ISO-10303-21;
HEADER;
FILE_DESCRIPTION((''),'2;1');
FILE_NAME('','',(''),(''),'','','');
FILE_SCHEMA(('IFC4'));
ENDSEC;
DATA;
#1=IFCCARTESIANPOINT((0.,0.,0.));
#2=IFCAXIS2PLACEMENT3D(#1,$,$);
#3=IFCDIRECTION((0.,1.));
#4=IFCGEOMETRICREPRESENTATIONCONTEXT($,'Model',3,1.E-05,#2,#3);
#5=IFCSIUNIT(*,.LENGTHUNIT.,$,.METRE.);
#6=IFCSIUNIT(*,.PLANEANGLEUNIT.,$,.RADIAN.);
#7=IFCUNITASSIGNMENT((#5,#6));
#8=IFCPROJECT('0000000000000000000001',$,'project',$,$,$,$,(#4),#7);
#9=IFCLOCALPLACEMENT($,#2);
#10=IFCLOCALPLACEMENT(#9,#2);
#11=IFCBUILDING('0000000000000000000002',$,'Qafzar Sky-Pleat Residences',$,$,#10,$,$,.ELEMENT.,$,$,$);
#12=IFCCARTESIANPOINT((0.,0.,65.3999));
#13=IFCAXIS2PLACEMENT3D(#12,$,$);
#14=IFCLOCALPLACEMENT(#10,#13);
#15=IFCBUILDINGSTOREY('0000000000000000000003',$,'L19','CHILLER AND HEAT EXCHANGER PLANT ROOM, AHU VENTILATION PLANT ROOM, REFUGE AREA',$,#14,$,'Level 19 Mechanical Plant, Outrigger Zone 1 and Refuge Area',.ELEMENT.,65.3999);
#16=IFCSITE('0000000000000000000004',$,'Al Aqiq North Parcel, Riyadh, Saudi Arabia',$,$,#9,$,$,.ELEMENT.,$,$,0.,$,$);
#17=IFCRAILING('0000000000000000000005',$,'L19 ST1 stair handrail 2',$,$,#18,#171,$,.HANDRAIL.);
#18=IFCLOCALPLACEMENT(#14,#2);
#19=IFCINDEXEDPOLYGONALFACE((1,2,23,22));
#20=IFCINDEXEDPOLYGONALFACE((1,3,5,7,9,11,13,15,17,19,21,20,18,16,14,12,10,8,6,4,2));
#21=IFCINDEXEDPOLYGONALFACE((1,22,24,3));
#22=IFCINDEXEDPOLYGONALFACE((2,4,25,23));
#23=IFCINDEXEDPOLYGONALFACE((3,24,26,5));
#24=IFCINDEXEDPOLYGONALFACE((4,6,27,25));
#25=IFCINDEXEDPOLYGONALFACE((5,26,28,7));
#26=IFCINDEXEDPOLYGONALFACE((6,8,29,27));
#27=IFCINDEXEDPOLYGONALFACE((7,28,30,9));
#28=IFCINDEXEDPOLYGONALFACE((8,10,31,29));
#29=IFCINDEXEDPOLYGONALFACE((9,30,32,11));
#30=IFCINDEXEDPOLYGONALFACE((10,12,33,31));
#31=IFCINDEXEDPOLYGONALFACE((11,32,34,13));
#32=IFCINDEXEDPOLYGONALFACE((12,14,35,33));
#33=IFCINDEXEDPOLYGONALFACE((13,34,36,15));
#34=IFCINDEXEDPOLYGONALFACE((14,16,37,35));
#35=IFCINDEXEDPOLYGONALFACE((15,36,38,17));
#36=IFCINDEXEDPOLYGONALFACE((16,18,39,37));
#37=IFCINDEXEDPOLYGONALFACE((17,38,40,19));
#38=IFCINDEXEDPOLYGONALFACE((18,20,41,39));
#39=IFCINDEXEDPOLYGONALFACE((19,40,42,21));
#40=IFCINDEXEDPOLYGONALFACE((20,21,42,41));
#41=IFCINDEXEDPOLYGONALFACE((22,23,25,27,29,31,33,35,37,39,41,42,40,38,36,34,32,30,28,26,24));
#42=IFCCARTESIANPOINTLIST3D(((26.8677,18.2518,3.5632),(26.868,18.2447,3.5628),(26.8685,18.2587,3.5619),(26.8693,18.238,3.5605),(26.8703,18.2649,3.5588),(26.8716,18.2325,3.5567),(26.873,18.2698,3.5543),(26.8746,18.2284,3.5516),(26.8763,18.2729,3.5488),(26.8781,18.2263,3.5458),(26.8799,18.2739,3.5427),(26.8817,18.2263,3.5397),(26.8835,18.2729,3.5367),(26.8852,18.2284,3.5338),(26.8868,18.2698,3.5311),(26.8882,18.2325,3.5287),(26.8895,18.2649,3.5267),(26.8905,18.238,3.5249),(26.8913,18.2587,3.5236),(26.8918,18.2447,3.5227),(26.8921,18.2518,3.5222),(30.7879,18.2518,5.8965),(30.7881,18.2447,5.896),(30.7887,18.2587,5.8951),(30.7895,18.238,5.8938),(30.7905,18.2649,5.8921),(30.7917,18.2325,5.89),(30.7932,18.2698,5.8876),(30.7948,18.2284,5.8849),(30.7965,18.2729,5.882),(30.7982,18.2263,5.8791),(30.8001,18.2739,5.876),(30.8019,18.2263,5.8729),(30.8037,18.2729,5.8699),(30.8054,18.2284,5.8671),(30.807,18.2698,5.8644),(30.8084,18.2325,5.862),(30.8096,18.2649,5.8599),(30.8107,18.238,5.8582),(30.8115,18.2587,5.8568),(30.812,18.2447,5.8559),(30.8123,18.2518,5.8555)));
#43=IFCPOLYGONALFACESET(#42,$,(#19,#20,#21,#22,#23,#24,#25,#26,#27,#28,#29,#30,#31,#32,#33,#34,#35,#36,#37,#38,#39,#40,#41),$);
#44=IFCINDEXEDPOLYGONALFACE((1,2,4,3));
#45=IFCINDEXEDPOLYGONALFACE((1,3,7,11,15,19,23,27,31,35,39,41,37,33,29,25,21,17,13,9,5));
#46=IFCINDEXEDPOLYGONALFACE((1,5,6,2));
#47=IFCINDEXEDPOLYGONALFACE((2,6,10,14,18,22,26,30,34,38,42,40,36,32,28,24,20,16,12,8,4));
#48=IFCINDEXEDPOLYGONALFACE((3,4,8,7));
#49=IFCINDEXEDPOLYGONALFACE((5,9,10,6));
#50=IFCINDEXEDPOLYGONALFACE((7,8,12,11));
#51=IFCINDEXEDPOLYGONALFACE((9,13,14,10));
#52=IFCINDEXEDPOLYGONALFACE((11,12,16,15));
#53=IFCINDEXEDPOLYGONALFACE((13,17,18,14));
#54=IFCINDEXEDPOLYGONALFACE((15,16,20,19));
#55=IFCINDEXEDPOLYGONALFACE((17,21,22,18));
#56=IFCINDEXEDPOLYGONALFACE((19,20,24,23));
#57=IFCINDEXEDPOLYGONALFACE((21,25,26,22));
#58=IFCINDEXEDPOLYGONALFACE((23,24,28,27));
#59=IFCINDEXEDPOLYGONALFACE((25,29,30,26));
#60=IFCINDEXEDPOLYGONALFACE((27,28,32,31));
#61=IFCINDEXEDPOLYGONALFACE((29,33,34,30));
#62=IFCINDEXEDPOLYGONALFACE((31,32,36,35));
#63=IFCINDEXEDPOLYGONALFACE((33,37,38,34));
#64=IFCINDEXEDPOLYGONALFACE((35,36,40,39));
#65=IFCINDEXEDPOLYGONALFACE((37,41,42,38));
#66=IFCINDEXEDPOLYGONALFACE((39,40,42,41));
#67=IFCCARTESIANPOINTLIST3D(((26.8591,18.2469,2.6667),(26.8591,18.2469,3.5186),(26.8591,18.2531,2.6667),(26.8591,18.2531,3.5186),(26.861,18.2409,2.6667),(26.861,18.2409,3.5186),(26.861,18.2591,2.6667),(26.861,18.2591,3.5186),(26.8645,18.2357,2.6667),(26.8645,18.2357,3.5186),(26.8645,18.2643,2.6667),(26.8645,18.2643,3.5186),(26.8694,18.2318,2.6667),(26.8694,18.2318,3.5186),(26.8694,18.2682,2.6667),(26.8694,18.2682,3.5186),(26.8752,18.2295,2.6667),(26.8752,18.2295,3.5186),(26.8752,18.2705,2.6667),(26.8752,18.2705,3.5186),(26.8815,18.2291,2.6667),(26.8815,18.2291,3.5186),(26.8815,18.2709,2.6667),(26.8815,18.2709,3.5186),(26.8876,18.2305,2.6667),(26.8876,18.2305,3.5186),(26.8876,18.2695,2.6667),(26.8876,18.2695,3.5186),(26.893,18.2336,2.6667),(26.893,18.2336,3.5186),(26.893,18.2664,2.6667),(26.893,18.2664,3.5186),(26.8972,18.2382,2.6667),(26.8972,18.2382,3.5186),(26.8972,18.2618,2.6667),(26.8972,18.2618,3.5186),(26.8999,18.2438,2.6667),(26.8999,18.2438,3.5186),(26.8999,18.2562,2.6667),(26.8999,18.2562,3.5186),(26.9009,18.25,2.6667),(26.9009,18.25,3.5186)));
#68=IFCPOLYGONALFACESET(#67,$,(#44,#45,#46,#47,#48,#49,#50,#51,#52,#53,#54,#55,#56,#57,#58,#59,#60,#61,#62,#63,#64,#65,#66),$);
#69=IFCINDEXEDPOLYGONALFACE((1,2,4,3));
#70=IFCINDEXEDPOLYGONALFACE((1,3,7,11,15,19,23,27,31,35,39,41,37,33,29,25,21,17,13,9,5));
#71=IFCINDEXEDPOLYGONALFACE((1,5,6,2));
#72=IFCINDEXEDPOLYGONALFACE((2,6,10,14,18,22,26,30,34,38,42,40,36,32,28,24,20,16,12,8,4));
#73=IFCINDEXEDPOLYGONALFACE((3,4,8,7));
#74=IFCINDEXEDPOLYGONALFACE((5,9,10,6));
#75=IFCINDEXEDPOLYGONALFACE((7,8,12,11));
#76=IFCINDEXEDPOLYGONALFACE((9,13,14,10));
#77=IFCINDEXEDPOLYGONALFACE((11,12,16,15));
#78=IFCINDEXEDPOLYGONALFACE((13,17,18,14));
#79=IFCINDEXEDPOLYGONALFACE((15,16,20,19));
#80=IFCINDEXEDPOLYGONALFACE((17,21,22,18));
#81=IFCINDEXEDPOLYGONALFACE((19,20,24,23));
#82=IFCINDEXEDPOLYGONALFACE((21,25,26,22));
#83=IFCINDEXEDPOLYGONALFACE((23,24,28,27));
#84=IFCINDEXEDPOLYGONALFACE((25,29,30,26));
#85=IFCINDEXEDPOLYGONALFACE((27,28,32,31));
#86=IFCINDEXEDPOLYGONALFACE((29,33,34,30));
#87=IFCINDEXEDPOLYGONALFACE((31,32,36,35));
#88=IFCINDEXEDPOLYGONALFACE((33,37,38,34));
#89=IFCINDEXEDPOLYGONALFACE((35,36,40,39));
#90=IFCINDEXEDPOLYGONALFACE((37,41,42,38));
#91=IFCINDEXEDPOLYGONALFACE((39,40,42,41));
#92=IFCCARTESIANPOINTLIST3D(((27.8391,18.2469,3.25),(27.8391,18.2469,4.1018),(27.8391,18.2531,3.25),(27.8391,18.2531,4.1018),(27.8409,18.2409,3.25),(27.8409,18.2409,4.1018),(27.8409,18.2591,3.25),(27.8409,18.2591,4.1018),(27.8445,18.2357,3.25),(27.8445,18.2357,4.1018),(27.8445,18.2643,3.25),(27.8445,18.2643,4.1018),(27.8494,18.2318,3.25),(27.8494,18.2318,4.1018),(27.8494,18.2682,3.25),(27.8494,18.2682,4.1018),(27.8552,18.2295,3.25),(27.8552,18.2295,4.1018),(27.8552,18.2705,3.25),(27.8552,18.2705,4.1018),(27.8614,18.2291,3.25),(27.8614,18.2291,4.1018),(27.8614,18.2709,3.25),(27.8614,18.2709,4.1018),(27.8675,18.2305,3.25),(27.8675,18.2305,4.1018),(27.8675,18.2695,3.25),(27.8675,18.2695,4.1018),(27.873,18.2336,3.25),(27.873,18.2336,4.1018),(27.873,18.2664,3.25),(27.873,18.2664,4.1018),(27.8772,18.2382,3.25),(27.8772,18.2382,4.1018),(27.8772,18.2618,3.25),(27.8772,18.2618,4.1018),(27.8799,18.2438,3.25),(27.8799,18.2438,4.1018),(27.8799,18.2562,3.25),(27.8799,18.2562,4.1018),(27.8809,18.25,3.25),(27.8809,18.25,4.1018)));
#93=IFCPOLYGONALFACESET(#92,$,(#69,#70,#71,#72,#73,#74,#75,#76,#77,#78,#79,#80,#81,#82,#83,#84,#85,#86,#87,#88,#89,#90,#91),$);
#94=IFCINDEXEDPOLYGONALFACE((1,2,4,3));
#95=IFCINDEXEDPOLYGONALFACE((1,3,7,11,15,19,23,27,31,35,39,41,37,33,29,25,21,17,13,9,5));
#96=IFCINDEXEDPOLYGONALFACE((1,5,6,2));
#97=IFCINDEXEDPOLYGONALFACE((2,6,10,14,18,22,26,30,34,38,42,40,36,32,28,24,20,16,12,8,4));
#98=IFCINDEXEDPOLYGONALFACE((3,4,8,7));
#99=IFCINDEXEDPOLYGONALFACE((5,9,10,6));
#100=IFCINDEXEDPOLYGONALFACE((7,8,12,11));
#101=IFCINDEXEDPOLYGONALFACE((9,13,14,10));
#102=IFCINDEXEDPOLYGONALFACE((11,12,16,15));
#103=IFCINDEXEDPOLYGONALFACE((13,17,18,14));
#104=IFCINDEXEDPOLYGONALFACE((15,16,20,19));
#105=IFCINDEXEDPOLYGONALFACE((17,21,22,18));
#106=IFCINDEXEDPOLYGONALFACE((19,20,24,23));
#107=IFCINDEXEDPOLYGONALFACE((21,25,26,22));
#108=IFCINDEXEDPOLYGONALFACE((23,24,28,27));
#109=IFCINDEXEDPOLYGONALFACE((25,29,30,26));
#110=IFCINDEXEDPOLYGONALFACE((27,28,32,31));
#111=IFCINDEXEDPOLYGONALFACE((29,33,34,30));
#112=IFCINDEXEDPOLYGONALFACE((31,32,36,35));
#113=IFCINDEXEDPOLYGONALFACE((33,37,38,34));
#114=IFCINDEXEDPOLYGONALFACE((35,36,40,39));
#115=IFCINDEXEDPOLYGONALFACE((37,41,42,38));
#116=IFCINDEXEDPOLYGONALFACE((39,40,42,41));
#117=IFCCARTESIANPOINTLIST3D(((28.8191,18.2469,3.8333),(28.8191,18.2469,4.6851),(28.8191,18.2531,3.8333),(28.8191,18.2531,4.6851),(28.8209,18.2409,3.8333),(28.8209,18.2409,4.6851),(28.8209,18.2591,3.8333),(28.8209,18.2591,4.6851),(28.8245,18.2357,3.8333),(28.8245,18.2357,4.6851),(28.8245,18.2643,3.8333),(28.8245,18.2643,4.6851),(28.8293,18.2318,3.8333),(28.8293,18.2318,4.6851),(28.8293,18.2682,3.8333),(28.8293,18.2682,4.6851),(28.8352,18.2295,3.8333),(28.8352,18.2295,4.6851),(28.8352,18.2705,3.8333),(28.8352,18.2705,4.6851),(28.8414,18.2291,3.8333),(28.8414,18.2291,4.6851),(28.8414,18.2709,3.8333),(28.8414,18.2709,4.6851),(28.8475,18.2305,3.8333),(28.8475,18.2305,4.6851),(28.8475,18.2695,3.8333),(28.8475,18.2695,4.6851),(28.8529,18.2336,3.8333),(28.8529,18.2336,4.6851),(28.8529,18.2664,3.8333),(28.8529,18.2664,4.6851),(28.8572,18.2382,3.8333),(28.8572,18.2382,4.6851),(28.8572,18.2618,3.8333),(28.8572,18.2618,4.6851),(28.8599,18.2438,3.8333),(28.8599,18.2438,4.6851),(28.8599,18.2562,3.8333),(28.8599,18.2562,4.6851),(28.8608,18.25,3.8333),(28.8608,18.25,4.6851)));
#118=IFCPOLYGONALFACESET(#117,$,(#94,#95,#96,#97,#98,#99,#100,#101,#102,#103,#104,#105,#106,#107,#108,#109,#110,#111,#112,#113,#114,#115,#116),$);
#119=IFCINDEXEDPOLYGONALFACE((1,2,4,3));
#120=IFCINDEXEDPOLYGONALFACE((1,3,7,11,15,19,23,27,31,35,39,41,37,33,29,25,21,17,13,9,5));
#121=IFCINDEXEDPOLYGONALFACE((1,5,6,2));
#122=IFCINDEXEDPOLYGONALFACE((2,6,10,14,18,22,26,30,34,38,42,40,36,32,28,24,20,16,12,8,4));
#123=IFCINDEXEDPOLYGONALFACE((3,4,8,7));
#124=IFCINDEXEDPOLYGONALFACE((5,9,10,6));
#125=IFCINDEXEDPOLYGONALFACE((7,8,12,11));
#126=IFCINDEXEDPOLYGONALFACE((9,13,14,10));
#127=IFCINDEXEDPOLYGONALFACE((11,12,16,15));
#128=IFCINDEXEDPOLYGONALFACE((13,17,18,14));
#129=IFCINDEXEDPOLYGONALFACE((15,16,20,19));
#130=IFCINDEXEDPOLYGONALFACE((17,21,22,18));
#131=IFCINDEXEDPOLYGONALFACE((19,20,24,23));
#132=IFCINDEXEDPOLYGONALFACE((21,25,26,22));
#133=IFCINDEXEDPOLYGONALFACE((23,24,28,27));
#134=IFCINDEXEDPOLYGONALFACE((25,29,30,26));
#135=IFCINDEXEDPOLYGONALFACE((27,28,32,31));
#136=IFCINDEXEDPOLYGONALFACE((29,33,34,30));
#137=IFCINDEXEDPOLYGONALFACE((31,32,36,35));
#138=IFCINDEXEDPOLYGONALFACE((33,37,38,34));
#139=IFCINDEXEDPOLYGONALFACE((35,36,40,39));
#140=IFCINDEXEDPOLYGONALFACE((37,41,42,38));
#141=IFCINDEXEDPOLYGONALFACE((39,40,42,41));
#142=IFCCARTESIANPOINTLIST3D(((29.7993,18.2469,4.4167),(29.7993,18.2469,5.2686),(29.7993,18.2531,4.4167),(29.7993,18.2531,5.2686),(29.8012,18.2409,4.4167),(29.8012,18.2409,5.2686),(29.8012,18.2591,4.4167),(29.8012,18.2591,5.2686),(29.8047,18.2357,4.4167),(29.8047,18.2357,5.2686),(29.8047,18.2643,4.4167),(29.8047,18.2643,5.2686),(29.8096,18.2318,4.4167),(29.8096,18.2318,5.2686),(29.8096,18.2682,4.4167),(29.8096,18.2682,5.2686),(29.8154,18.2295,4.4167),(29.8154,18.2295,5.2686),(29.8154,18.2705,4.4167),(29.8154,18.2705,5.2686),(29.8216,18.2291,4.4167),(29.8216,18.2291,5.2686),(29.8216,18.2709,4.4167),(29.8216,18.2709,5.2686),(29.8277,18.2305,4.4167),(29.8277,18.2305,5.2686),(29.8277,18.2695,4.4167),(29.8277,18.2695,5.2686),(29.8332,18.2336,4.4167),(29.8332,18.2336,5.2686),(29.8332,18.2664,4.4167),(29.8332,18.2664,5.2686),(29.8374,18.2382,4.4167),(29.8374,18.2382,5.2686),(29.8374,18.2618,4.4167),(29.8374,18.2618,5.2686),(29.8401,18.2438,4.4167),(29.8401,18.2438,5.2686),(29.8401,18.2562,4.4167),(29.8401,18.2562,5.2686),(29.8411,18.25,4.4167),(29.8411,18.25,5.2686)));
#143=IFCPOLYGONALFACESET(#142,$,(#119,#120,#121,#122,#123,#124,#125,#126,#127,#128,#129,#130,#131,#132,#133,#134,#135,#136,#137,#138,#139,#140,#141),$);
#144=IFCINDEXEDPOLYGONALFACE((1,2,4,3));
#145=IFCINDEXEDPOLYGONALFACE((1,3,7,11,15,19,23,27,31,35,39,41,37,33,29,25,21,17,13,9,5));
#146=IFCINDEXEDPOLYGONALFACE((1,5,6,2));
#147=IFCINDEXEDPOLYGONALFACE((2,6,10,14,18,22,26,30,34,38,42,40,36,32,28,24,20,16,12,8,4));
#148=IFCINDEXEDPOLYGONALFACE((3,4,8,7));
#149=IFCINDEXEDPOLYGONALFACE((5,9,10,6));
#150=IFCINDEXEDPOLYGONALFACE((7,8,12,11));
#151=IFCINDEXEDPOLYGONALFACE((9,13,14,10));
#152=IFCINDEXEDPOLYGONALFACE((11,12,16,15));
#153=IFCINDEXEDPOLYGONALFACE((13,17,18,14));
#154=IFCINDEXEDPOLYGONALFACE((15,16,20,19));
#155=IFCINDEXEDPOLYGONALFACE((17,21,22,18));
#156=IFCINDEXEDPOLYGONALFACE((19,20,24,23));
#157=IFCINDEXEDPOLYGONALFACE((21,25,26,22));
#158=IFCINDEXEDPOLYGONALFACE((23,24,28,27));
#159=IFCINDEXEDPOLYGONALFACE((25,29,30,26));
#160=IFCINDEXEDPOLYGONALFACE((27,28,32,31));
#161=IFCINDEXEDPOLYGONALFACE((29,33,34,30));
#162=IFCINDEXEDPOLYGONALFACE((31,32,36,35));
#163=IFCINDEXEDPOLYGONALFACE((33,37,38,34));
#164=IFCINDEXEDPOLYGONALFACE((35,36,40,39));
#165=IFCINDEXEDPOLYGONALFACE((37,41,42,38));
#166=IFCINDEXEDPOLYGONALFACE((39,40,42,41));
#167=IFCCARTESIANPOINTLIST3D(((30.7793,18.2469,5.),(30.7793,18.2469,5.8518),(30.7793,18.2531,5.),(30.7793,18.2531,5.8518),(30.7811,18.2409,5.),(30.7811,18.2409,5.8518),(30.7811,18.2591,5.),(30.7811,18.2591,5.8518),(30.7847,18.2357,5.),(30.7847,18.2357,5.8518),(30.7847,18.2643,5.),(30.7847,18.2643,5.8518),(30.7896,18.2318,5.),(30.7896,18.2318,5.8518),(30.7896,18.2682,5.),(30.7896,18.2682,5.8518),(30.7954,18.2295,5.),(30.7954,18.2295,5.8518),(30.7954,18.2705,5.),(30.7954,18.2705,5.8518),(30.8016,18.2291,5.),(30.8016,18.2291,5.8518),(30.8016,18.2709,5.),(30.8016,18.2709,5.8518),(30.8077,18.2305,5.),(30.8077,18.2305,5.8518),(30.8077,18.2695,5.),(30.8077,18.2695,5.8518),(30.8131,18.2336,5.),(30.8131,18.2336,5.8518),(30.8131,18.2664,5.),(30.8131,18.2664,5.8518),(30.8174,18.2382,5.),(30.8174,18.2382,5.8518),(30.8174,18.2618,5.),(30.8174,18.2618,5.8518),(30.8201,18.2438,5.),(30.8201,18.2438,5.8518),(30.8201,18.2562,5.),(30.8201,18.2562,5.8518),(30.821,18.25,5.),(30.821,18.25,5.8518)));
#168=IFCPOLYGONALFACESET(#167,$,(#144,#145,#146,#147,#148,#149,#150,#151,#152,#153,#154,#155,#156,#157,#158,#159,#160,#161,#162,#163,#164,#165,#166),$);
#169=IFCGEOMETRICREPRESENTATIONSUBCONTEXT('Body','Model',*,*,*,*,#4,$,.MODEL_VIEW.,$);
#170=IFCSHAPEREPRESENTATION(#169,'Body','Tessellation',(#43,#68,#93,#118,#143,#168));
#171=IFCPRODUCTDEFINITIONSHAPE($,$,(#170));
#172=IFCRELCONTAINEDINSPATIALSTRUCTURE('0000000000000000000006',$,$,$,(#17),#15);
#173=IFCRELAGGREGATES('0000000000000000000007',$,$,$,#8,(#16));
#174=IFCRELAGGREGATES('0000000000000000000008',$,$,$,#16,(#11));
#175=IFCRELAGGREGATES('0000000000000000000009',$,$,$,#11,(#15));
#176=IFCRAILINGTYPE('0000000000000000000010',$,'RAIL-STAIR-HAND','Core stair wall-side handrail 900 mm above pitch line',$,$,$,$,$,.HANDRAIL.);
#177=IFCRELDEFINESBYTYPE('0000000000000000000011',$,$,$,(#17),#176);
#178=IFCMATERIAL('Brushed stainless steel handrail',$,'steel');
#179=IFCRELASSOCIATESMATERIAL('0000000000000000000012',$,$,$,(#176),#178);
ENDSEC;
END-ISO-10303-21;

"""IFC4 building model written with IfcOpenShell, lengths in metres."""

from ifc_helpers import new_model, si_unit, direction, frame, origin, origin_2d, place, context, subcontext, project, spatial, circle, extrude, source, transform, mapped, material, type_object, element, save


model = new_model("IFC4")

# Units and contexts
model_context = context("Model", 3, precision=1e-05, world=origin(), true_north=direction((0.0, 1.0)))
body_context = subcontext(model_context, "Body", "Model", "MODEL_VIEW")
ifc_project = project(units=[si_unit("LENGTHUNIT", "METRE"), si_unit("PLANEANGLEUNIT", "RADIAN")], contexts=[model_context])

# Site, building, storey
site_placement = place(None, origin())
site = spatial("IfcSite", under=ifc_project, at=site_placement, Name="Al Aqiq North Parcel, Riyadh, Saudi Arabia", CompositionType="ELEMENT", RefElevation=0.0)
building_placement = place(site_placement, origin())
building = spatial("IfcBuilding", under=site, at=building_placement, Name="Qafzar Sky-Pleat Residences", CompositionType="ELEMENT")
storey_placement = place(building_placement, frame((0.0, 0.0, 65.3999)))
storey = spatial("IfcBuildingStorey", under=building, at=storey_placement, Name="L19", Description="CHILLER AND HEAT EXCHANGER PLANT ROOM, AHU VENTILATION PLANT ROOM, REFUGE AREA", LongName="Level 19 Mechanical Plant, Outrigger Zone 1 and Refuge Area", CompositionType="ELEMENT", Elevation=65.3999)

# Railing
ifc_material_1 = material(Name="Brushed stainless steel handrail", Category="steel")
railing_type_1 = type_object("IfcRailingType", Name="RAIL-STAIR-HAND", Description="Core stair wall-side handrail 900 mm above pitch line", PredefinedType="HANDRAIL", material=ifc_material_1)
shared_shape_1 = source(origin(), body_context, "Body", "SweptSolid", [
    extrude(circle(Radius=0.0239, at=origin_2d()), frame((0.0, 0.0, 0.876), z_axis=(0.85931, 0.0, 0.511455), x_axis=(0.0, 1.0, 0.0)), (0.0, 0.0, 1.0), 4.562),
    extrude(circle(Radius=0.021, at=origin_2d()), origin(), (0.0, 0.0, 1.0), 0.8518),
    extrude(circle(Radius=0.021, at=origin_2d()), frame((0.98, 0.0, 0.5833)), (0.0, 0.0, 1.0), 0.8518),
    extrude(circle(Radius=0.021, at=origin_2d()), frame((1.96, 0.0, 1.1665)), (0.0, 0.0, 1.0), 0.8518),
    extrude(circle(Radius=0.021, at=origin_2d()), frame((2.9402, 0.0, 1.75)), (0.0, 0.0, 1.0), 0.8518),
    extrude(circle(Radius=0.021, at=origin_2d()), frame((3.9202, 0.0, 2.3333)), (0.0, 0.0, 1.0), 0.8518),
])
railing_1_placement = place(storey_placement, frame((26.8799, 18.25, 2.6667)))
element("IfcRailing", 1, at=railing_1_placement, inside=storey, type_object=railing_type_1, Name="L19 ST1 stair handrail 2", PredefinedType="HANDRAIL", context=body_context, shape_type="MappedRepresentation", body=[
    mapped(shared_shape_1, transform((0.0, 0.0, 0.0), x_axis=(1.0, 0.0, 0.0), y_axis=(0.0, 1.0, 0.0), z_axis=(0.0, 0.0, 1.0), scale=1.0)),
])

save(model, "model.ifc")
